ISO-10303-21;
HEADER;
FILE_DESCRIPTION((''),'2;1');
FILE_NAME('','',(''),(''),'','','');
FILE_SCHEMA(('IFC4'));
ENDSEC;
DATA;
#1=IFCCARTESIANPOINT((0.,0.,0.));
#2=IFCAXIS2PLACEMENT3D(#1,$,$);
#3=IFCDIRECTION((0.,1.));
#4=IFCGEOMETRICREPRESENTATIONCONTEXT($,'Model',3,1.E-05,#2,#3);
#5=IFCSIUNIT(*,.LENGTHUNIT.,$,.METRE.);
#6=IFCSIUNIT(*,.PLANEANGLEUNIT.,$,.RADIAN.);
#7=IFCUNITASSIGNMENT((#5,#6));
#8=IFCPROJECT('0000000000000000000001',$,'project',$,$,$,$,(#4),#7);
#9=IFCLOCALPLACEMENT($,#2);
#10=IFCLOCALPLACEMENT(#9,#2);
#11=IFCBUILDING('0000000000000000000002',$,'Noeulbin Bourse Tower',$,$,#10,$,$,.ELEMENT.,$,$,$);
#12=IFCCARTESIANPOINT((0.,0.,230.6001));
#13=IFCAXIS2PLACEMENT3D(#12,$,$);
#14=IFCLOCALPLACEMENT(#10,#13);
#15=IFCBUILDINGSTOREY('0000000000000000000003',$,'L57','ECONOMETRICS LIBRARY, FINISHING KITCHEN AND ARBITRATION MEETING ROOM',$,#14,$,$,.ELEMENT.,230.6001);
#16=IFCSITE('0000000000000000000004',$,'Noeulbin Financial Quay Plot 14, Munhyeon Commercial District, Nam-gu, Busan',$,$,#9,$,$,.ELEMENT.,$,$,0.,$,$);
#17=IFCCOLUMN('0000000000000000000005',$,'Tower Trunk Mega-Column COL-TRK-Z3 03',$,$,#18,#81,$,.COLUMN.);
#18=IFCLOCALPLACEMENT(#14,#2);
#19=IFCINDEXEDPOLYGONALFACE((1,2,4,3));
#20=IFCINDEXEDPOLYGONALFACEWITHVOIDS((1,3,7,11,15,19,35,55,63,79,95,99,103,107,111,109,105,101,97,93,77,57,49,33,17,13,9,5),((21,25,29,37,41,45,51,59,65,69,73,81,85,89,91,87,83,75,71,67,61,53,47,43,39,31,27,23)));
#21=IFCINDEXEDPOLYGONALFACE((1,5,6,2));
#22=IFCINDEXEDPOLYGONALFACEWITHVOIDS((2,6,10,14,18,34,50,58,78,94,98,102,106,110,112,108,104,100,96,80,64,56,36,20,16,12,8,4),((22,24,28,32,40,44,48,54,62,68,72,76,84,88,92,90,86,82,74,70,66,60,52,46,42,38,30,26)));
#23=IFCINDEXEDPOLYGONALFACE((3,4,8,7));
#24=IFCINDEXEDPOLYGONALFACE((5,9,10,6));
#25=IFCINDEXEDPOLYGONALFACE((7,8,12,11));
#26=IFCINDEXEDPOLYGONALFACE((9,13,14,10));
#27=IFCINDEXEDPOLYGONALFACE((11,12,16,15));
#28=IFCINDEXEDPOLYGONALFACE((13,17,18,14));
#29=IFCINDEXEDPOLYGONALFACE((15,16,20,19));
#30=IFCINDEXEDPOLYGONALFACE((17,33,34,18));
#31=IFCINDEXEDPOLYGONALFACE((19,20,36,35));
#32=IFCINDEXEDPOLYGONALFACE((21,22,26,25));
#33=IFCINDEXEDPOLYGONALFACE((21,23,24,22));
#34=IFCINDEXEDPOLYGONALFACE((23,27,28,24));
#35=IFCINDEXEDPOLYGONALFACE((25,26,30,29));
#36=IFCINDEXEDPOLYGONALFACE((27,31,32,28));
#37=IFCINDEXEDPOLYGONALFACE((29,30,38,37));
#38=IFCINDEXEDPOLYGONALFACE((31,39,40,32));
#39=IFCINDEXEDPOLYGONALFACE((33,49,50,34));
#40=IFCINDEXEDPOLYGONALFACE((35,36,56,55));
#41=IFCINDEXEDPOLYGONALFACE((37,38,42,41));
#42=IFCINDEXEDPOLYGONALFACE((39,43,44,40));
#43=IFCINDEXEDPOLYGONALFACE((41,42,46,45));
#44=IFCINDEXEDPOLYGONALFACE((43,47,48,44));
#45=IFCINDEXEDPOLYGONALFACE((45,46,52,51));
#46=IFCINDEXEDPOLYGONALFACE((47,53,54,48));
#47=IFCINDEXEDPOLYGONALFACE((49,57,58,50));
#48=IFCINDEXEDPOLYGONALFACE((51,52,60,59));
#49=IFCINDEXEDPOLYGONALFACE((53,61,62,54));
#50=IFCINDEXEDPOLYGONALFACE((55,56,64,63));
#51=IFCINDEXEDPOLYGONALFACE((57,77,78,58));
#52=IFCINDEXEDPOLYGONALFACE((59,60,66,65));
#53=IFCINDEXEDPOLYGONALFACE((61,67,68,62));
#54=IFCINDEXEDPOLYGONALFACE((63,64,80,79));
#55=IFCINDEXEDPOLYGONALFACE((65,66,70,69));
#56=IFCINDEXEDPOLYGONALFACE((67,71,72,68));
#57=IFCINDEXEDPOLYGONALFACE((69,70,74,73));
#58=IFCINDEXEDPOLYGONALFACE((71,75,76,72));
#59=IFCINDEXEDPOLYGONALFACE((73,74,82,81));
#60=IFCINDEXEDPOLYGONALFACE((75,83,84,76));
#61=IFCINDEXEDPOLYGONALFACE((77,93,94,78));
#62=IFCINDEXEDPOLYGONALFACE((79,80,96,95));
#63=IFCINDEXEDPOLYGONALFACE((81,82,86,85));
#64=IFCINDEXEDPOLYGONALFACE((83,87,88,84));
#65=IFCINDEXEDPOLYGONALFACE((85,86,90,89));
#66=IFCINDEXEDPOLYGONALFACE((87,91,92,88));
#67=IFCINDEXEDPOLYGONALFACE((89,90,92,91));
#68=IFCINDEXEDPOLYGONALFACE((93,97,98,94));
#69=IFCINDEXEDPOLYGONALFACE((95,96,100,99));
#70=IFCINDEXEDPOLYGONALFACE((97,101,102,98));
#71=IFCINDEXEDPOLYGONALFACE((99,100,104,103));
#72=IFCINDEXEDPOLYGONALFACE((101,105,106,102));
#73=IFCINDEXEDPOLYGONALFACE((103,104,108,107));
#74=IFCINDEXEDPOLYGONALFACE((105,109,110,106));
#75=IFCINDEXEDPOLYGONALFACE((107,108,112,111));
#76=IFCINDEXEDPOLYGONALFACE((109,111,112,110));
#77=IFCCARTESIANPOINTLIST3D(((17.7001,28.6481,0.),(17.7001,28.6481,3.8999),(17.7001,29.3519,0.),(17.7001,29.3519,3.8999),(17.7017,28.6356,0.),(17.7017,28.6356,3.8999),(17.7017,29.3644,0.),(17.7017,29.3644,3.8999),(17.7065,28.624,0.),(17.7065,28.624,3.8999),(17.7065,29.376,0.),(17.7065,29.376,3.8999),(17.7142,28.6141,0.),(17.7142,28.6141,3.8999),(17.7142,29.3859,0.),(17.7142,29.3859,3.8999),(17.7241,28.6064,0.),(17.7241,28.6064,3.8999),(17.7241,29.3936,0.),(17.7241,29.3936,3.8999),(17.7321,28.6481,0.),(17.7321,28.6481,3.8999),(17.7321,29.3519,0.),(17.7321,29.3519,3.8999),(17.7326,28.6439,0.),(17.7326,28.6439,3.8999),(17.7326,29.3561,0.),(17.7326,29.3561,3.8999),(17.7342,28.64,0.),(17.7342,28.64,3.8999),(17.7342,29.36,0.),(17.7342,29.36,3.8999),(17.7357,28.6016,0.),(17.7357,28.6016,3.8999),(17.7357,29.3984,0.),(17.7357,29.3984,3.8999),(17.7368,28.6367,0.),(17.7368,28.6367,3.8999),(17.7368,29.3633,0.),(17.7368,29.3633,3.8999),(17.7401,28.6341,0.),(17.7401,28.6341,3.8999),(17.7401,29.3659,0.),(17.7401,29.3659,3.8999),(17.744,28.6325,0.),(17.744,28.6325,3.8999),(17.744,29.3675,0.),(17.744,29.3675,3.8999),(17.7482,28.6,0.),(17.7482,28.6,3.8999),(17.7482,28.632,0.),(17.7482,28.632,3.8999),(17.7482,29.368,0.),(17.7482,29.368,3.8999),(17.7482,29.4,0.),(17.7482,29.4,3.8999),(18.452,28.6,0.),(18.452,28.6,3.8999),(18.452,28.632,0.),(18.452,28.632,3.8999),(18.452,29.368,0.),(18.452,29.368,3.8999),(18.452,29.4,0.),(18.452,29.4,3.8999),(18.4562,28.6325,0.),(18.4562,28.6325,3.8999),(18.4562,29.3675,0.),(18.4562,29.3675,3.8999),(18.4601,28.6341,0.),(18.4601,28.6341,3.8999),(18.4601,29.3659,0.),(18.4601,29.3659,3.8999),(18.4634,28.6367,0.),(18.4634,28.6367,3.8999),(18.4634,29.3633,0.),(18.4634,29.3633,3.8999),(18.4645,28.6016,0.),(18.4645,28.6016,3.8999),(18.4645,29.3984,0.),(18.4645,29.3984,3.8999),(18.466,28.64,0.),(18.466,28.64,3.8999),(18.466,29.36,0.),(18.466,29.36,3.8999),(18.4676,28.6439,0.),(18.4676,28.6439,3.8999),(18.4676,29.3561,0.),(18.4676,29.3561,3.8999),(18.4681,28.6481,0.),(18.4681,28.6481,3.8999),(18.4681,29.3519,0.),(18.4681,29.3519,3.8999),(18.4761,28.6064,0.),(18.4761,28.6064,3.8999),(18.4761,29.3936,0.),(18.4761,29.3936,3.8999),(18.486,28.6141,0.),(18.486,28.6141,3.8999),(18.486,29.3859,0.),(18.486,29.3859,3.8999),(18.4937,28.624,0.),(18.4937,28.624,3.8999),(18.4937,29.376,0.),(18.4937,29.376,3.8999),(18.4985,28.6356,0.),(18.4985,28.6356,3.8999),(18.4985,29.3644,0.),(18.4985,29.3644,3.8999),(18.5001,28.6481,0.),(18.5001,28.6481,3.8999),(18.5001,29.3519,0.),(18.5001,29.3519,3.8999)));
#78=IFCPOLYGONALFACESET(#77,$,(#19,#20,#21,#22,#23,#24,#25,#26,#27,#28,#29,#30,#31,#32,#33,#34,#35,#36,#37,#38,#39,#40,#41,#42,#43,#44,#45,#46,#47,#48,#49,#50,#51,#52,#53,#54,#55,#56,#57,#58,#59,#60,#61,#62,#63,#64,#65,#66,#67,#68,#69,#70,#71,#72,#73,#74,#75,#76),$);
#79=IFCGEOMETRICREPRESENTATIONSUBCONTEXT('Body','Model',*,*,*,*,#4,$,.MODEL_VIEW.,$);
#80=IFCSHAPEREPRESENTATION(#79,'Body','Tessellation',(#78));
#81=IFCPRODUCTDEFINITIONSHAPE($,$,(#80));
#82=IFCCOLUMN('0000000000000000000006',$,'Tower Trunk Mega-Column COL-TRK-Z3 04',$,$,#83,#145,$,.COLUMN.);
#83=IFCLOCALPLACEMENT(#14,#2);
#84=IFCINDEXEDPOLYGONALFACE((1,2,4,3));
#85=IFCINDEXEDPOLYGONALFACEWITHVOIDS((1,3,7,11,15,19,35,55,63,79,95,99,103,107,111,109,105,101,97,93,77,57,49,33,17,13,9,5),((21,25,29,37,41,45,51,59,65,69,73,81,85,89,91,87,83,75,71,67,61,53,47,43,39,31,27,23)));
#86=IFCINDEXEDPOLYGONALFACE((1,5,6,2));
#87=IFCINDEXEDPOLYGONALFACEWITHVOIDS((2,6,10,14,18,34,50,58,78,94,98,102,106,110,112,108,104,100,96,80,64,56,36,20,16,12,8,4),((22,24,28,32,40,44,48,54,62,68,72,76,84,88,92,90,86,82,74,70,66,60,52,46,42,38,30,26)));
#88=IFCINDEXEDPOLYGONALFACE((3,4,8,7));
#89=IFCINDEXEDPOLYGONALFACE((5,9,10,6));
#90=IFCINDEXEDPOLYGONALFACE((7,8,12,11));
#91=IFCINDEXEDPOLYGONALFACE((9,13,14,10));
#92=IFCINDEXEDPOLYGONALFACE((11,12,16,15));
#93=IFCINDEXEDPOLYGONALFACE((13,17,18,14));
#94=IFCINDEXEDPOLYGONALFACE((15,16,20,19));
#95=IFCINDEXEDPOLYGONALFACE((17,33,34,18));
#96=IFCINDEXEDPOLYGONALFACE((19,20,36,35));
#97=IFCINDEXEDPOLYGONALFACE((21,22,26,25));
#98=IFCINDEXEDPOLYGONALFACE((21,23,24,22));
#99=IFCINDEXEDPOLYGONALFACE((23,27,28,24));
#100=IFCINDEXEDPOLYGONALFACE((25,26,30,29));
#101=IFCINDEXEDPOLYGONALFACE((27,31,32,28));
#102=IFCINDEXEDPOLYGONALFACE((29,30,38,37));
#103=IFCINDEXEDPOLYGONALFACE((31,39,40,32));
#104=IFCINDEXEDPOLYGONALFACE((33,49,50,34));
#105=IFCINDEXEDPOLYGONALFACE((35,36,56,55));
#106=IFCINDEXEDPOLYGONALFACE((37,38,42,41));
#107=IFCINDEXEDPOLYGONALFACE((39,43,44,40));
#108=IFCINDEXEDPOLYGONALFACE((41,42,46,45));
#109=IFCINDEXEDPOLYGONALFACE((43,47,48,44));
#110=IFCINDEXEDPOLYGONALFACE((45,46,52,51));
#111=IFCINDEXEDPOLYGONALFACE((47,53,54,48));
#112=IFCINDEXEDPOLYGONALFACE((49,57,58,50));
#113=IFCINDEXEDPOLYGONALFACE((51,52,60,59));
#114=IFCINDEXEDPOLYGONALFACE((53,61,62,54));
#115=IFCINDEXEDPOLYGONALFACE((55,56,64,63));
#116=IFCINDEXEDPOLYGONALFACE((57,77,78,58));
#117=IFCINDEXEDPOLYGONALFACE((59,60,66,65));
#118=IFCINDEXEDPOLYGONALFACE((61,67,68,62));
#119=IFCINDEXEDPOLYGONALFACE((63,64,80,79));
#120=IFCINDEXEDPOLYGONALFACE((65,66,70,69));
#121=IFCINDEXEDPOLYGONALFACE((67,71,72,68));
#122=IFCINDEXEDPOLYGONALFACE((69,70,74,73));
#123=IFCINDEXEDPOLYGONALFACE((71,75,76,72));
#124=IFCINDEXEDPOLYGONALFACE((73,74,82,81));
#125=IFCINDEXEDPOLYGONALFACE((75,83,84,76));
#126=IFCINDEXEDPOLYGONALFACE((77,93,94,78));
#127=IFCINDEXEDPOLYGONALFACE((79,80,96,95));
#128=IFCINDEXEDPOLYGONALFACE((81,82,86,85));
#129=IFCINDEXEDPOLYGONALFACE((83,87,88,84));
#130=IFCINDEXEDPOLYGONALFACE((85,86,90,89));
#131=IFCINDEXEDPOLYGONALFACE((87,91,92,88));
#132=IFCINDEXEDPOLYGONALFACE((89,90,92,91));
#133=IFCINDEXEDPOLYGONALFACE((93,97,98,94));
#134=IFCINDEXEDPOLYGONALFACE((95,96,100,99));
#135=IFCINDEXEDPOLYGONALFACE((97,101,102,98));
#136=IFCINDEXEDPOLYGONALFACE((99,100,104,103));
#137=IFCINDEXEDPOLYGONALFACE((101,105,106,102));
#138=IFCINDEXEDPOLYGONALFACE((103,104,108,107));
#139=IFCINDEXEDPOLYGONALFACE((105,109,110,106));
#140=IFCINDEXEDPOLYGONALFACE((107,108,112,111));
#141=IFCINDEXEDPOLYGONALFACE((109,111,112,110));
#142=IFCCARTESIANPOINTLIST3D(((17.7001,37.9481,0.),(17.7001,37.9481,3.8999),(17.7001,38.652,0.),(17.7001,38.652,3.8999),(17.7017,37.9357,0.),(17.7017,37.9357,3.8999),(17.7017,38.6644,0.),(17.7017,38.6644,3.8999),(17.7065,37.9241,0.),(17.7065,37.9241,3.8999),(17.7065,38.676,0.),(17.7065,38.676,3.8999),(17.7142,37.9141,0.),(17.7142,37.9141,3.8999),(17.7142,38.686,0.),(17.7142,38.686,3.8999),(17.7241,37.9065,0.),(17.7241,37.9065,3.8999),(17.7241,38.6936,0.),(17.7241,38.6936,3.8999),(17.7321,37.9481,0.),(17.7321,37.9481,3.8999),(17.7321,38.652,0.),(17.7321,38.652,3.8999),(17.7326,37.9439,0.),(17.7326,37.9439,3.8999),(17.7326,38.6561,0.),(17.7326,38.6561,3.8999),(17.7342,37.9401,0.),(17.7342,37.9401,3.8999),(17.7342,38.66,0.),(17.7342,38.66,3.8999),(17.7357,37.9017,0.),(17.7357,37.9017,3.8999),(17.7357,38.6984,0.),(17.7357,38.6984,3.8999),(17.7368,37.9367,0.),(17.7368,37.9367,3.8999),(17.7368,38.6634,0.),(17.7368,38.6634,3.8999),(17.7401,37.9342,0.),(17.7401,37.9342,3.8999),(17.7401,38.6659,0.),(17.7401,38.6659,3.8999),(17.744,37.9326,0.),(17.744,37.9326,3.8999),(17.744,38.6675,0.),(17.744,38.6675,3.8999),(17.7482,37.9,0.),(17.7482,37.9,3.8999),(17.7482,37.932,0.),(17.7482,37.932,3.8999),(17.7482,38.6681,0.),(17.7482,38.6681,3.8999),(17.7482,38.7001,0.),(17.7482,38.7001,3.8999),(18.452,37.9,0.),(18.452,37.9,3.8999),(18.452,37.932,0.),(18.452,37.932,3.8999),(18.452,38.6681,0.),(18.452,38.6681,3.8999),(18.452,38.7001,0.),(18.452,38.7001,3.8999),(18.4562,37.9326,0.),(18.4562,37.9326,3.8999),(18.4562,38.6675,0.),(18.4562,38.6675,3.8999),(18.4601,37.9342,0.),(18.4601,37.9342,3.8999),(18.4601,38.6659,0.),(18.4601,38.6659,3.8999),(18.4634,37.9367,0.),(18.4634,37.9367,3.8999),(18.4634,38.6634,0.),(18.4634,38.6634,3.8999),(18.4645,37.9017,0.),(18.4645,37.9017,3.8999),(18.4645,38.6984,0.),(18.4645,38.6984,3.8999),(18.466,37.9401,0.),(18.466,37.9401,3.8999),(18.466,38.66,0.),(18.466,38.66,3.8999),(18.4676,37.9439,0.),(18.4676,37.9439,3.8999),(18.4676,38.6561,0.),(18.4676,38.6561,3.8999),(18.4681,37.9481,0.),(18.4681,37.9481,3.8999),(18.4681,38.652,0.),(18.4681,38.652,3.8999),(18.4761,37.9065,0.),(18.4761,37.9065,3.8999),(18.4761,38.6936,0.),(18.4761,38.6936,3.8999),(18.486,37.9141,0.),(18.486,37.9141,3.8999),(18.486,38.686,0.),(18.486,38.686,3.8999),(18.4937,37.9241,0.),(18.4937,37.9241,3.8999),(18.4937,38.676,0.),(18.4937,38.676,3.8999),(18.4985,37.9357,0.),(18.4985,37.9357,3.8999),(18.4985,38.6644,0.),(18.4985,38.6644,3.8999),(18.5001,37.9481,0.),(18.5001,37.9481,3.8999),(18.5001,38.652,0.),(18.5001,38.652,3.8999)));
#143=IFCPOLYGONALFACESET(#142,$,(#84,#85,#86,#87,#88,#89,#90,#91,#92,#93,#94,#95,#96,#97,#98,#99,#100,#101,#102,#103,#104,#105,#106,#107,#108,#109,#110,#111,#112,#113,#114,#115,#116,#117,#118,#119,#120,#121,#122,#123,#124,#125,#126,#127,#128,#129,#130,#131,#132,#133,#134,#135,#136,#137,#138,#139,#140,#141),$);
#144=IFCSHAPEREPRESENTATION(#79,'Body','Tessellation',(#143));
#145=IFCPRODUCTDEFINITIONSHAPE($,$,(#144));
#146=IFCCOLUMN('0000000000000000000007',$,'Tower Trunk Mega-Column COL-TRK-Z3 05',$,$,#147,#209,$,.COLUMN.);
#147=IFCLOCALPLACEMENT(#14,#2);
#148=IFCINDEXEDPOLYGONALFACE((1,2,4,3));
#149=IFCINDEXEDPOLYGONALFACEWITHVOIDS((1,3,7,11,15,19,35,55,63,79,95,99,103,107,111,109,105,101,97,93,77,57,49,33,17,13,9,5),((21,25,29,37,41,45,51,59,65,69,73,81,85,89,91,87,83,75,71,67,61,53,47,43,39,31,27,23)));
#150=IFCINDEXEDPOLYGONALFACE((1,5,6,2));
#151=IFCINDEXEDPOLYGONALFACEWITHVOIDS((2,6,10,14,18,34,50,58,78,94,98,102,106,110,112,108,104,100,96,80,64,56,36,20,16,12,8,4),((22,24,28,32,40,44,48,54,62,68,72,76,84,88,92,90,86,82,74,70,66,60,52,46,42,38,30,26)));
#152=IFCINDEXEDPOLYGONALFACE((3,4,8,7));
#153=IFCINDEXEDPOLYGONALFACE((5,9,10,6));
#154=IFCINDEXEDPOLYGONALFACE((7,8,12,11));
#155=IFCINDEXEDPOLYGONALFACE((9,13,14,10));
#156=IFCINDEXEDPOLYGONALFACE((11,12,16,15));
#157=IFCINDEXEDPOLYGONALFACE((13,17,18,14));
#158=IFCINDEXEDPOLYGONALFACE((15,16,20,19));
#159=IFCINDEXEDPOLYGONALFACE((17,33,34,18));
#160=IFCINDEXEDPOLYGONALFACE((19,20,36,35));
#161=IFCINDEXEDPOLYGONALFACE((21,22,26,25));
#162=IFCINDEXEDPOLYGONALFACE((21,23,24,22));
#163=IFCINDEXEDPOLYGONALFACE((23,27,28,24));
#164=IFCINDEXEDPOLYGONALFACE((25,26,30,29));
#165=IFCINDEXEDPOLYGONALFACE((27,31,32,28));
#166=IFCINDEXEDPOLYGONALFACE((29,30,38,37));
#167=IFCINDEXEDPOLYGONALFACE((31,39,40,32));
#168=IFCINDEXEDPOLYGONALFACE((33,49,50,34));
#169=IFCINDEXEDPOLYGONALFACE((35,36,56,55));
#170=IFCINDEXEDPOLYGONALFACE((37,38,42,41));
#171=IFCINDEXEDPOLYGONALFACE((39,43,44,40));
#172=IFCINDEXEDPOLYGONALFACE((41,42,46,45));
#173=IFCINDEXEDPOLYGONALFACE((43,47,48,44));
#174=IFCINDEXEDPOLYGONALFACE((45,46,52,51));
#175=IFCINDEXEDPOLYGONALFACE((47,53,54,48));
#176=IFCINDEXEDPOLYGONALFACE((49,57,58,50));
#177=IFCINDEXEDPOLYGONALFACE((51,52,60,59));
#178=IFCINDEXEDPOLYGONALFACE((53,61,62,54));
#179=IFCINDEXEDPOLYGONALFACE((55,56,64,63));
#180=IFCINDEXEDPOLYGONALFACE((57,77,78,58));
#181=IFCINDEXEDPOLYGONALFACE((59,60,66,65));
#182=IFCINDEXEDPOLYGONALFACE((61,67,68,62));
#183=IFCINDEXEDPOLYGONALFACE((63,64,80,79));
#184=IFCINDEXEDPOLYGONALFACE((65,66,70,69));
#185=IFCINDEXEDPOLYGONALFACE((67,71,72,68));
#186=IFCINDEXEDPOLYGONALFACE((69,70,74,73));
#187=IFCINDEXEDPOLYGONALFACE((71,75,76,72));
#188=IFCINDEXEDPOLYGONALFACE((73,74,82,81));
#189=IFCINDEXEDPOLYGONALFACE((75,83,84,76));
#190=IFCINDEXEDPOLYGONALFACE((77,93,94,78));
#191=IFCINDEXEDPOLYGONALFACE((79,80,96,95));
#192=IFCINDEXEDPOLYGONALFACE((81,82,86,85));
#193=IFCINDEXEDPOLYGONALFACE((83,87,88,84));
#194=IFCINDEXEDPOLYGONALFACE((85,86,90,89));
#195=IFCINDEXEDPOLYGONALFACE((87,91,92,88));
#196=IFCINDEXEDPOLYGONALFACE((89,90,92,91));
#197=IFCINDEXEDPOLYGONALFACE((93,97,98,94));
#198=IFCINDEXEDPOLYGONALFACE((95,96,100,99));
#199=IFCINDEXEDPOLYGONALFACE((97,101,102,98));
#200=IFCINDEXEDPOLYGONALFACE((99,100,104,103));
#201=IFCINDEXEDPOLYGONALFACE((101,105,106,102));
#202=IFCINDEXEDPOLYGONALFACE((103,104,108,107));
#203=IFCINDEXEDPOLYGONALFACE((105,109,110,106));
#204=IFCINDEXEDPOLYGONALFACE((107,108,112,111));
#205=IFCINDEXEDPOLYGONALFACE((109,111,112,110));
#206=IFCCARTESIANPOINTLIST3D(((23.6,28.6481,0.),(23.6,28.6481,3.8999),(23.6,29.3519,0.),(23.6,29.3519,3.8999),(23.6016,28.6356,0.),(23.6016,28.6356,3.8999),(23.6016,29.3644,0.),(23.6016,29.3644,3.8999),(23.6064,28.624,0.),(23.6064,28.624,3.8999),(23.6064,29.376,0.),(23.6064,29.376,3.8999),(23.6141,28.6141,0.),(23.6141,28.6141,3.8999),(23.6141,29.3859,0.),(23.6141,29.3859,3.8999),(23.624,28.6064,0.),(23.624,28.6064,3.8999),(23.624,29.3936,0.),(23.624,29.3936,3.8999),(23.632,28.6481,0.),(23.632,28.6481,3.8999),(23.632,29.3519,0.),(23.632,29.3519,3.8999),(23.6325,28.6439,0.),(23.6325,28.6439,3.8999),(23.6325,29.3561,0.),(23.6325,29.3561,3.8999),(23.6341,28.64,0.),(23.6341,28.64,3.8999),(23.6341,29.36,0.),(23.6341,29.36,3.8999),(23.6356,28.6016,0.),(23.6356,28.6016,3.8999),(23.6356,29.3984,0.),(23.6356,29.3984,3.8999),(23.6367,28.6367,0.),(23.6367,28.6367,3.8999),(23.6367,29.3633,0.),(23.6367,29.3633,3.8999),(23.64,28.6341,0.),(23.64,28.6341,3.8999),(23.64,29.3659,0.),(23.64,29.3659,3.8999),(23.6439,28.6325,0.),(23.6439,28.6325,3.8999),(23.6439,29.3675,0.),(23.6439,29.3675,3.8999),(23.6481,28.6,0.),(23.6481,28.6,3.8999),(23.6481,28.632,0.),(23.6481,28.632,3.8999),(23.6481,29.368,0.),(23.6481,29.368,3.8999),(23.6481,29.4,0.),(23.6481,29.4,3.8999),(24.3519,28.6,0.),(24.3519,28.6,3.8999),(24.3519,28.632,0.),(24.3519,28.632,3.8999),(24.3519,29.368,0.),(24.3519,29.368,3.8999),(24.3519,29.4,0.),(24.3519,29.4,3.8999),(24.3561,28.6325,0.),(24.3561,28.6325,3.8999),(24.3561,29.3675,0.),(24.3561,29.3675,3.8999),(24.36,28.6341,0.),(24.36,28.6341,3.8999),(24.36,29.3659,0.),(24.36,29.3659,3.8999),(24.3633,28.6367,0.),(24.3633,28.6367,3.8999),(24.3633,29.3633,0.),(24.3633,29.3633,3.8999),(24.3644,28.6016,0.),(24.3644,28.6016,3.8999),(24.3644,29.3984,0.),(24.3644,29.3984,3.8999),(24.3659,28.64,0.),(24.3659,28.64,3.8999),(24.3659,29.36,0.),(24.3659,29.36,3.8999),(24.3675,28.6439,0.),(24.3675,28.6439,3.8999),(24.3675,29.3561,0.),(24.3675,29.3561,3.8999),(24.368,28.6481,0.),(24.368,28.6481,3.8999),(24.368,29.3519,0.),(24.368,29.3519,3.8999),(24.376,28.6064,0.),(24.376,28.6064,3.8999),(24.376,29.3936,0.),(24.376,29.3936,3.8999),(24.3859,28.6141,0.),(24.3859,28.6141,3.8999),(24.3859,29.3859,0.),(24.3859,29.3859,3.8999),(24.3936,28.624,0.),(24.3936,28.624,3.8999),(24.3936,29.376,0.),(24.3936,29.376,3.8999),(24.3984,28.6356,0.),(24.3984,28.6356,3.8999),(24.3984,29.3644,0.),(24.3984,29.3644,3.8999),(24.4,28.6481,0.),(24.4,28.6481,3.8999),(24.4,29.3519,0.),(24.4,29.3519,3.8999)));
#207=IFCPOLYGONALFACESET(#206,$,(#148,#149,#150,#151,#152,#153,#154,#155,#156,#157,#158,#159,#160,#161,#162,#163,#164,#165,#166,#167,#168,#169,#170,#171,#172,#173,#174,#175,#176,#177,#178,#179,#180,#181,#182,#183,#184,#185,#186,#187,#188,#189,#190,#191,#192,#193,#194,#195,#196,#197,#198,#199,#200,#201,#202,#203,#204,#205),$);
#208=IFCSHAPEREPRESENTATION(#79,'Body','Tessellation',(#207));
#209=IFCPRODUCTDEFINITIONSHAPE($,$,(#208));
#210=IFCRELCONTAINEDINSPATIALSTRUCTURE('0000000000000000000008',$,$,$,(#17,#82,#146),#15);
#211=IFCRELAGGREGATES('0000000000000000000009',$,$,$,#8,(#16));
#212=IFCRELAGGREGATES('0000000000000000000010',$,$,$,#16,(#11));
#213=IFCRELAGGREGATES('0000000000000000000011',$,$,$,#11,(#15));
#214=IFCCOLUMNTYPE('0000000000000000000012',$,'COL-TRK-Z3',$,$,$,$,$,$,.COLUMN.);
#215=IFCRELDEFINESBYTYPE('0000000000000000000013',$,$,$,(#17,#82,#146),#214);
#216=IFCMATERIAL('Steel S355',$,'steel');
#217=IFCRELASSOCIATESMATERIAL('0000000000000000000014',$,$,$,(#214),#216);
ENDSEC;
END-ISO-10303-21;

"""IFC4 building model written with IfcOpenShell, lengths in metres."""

from ifc_helpers import new_model, si_unit, direction, frame, origin, origin_2d, place, context, subcontext, project, spatial, hollow_rectangle, extrude, material, material_profile, profile_set, type_object, element, save


model = new_model("IFC4")

# Units and contexts
model_context = context("Model", 3, precision=1e-05, world=origin(), true_north=direction((0.0, 1.0)))
body_context = subcontext(model_context, "Body", "Model", "MODEL_VIEW")
ifc_project = project(units=[si_unit("LENGTHUNIT", "METRE"), si_unit("PLANEANGLEUNIT", "RADIAN")], contexts=[model_context])

# Site, building, storey
site_placement = place(None, origin())
site = spatial("IfcSite", under=ifc_project, at=site_placement, Name="Noeulbin Financial Quay Plot 14, Munhyeon Commercial District, Nam-gu, Busan", CompositionType="ELEMENT", RefElevation=0.0)
building_placement = place(site_placement, origin())
building = spatial("IfcBuilding", under=site, at=building_placement, Name="Noeulbin Bourse Tower", CompositionType="ELEMENT")
storey_placement = place(building_placement, frame((0.0, 0.0, 230.6001)))
storey = spatial("IfcBuildingStorey", under=building, at=storey_placement, Name="L57", Description="ECONOMETRICS LIBRARY, FINISHING KITCHEN AND ARBITRATION MEETING ROOM", CompositionType="ELEMENT", Elevation=230.6001)

# Columns
ifc_material_1 = material(Name="Steel S355", Category="steel")
ifc_material_profile_1 = material_profile(ifc_material_1, hollow_rectangle(XDim=0.8, YDim=0.8, WallThickness=0.032, InnerFilletRadius=0.0161, OuterFilletRadius=0.0481, at=origin_2d()), Name="BOX-800x800x32", Category="LoadBearing")
ifc_profile_set_1 = profile_set([ifc_material_profile_1], Name="Steel S355")
column_type = type_object("IfcColumnType", Name="COL-TRK-Z3", PredefinedType="COLUMN", material=ifc_profile_set_1)
for number, where, z_axis, x_axis, name in (
    (1, (18.1001, 29.0, 0.0), (0.0, 0.0, 1.0), (1.0, 0.0, 0.0), "Tower Trunk Mega-Column COL-TRK-Z3 03"),
    (2, (18.1001, 38.3, 0.0), (0.0, 0.0, 1.0), (1.0, 0.0, 0.0), "Tower Trunk Mega-Column COL-TRK-Z3 04"),
    (3, (24.0, 29.0, 0.0), (0.0, 0.0, 1.0), (1.0, 0.0, 0.0), "Tower Trunk Mega-Column COL-TRK-Z3 05"),
):
    element("IfcColumn", number, at=place(storey_placement, frame(where, z_axis=z_axis, x_axis=x_axis)), inside=storey, type_object=column_type, Name=name, PredefinedType="COLUMN", context=body_context, shape_type="SweptSolid", body=[
        extrude(hollow_rectangle(XDim=0.8, YDim=0.8, WallThickness=0.032, InnerFilletRadius=0.0161, OuterFilletRadius=0.0481, at=origin_2d()), origin(), (0.0, 0.0, 1.0), 3.8999),
    ])

save(model, "model.ifc")
